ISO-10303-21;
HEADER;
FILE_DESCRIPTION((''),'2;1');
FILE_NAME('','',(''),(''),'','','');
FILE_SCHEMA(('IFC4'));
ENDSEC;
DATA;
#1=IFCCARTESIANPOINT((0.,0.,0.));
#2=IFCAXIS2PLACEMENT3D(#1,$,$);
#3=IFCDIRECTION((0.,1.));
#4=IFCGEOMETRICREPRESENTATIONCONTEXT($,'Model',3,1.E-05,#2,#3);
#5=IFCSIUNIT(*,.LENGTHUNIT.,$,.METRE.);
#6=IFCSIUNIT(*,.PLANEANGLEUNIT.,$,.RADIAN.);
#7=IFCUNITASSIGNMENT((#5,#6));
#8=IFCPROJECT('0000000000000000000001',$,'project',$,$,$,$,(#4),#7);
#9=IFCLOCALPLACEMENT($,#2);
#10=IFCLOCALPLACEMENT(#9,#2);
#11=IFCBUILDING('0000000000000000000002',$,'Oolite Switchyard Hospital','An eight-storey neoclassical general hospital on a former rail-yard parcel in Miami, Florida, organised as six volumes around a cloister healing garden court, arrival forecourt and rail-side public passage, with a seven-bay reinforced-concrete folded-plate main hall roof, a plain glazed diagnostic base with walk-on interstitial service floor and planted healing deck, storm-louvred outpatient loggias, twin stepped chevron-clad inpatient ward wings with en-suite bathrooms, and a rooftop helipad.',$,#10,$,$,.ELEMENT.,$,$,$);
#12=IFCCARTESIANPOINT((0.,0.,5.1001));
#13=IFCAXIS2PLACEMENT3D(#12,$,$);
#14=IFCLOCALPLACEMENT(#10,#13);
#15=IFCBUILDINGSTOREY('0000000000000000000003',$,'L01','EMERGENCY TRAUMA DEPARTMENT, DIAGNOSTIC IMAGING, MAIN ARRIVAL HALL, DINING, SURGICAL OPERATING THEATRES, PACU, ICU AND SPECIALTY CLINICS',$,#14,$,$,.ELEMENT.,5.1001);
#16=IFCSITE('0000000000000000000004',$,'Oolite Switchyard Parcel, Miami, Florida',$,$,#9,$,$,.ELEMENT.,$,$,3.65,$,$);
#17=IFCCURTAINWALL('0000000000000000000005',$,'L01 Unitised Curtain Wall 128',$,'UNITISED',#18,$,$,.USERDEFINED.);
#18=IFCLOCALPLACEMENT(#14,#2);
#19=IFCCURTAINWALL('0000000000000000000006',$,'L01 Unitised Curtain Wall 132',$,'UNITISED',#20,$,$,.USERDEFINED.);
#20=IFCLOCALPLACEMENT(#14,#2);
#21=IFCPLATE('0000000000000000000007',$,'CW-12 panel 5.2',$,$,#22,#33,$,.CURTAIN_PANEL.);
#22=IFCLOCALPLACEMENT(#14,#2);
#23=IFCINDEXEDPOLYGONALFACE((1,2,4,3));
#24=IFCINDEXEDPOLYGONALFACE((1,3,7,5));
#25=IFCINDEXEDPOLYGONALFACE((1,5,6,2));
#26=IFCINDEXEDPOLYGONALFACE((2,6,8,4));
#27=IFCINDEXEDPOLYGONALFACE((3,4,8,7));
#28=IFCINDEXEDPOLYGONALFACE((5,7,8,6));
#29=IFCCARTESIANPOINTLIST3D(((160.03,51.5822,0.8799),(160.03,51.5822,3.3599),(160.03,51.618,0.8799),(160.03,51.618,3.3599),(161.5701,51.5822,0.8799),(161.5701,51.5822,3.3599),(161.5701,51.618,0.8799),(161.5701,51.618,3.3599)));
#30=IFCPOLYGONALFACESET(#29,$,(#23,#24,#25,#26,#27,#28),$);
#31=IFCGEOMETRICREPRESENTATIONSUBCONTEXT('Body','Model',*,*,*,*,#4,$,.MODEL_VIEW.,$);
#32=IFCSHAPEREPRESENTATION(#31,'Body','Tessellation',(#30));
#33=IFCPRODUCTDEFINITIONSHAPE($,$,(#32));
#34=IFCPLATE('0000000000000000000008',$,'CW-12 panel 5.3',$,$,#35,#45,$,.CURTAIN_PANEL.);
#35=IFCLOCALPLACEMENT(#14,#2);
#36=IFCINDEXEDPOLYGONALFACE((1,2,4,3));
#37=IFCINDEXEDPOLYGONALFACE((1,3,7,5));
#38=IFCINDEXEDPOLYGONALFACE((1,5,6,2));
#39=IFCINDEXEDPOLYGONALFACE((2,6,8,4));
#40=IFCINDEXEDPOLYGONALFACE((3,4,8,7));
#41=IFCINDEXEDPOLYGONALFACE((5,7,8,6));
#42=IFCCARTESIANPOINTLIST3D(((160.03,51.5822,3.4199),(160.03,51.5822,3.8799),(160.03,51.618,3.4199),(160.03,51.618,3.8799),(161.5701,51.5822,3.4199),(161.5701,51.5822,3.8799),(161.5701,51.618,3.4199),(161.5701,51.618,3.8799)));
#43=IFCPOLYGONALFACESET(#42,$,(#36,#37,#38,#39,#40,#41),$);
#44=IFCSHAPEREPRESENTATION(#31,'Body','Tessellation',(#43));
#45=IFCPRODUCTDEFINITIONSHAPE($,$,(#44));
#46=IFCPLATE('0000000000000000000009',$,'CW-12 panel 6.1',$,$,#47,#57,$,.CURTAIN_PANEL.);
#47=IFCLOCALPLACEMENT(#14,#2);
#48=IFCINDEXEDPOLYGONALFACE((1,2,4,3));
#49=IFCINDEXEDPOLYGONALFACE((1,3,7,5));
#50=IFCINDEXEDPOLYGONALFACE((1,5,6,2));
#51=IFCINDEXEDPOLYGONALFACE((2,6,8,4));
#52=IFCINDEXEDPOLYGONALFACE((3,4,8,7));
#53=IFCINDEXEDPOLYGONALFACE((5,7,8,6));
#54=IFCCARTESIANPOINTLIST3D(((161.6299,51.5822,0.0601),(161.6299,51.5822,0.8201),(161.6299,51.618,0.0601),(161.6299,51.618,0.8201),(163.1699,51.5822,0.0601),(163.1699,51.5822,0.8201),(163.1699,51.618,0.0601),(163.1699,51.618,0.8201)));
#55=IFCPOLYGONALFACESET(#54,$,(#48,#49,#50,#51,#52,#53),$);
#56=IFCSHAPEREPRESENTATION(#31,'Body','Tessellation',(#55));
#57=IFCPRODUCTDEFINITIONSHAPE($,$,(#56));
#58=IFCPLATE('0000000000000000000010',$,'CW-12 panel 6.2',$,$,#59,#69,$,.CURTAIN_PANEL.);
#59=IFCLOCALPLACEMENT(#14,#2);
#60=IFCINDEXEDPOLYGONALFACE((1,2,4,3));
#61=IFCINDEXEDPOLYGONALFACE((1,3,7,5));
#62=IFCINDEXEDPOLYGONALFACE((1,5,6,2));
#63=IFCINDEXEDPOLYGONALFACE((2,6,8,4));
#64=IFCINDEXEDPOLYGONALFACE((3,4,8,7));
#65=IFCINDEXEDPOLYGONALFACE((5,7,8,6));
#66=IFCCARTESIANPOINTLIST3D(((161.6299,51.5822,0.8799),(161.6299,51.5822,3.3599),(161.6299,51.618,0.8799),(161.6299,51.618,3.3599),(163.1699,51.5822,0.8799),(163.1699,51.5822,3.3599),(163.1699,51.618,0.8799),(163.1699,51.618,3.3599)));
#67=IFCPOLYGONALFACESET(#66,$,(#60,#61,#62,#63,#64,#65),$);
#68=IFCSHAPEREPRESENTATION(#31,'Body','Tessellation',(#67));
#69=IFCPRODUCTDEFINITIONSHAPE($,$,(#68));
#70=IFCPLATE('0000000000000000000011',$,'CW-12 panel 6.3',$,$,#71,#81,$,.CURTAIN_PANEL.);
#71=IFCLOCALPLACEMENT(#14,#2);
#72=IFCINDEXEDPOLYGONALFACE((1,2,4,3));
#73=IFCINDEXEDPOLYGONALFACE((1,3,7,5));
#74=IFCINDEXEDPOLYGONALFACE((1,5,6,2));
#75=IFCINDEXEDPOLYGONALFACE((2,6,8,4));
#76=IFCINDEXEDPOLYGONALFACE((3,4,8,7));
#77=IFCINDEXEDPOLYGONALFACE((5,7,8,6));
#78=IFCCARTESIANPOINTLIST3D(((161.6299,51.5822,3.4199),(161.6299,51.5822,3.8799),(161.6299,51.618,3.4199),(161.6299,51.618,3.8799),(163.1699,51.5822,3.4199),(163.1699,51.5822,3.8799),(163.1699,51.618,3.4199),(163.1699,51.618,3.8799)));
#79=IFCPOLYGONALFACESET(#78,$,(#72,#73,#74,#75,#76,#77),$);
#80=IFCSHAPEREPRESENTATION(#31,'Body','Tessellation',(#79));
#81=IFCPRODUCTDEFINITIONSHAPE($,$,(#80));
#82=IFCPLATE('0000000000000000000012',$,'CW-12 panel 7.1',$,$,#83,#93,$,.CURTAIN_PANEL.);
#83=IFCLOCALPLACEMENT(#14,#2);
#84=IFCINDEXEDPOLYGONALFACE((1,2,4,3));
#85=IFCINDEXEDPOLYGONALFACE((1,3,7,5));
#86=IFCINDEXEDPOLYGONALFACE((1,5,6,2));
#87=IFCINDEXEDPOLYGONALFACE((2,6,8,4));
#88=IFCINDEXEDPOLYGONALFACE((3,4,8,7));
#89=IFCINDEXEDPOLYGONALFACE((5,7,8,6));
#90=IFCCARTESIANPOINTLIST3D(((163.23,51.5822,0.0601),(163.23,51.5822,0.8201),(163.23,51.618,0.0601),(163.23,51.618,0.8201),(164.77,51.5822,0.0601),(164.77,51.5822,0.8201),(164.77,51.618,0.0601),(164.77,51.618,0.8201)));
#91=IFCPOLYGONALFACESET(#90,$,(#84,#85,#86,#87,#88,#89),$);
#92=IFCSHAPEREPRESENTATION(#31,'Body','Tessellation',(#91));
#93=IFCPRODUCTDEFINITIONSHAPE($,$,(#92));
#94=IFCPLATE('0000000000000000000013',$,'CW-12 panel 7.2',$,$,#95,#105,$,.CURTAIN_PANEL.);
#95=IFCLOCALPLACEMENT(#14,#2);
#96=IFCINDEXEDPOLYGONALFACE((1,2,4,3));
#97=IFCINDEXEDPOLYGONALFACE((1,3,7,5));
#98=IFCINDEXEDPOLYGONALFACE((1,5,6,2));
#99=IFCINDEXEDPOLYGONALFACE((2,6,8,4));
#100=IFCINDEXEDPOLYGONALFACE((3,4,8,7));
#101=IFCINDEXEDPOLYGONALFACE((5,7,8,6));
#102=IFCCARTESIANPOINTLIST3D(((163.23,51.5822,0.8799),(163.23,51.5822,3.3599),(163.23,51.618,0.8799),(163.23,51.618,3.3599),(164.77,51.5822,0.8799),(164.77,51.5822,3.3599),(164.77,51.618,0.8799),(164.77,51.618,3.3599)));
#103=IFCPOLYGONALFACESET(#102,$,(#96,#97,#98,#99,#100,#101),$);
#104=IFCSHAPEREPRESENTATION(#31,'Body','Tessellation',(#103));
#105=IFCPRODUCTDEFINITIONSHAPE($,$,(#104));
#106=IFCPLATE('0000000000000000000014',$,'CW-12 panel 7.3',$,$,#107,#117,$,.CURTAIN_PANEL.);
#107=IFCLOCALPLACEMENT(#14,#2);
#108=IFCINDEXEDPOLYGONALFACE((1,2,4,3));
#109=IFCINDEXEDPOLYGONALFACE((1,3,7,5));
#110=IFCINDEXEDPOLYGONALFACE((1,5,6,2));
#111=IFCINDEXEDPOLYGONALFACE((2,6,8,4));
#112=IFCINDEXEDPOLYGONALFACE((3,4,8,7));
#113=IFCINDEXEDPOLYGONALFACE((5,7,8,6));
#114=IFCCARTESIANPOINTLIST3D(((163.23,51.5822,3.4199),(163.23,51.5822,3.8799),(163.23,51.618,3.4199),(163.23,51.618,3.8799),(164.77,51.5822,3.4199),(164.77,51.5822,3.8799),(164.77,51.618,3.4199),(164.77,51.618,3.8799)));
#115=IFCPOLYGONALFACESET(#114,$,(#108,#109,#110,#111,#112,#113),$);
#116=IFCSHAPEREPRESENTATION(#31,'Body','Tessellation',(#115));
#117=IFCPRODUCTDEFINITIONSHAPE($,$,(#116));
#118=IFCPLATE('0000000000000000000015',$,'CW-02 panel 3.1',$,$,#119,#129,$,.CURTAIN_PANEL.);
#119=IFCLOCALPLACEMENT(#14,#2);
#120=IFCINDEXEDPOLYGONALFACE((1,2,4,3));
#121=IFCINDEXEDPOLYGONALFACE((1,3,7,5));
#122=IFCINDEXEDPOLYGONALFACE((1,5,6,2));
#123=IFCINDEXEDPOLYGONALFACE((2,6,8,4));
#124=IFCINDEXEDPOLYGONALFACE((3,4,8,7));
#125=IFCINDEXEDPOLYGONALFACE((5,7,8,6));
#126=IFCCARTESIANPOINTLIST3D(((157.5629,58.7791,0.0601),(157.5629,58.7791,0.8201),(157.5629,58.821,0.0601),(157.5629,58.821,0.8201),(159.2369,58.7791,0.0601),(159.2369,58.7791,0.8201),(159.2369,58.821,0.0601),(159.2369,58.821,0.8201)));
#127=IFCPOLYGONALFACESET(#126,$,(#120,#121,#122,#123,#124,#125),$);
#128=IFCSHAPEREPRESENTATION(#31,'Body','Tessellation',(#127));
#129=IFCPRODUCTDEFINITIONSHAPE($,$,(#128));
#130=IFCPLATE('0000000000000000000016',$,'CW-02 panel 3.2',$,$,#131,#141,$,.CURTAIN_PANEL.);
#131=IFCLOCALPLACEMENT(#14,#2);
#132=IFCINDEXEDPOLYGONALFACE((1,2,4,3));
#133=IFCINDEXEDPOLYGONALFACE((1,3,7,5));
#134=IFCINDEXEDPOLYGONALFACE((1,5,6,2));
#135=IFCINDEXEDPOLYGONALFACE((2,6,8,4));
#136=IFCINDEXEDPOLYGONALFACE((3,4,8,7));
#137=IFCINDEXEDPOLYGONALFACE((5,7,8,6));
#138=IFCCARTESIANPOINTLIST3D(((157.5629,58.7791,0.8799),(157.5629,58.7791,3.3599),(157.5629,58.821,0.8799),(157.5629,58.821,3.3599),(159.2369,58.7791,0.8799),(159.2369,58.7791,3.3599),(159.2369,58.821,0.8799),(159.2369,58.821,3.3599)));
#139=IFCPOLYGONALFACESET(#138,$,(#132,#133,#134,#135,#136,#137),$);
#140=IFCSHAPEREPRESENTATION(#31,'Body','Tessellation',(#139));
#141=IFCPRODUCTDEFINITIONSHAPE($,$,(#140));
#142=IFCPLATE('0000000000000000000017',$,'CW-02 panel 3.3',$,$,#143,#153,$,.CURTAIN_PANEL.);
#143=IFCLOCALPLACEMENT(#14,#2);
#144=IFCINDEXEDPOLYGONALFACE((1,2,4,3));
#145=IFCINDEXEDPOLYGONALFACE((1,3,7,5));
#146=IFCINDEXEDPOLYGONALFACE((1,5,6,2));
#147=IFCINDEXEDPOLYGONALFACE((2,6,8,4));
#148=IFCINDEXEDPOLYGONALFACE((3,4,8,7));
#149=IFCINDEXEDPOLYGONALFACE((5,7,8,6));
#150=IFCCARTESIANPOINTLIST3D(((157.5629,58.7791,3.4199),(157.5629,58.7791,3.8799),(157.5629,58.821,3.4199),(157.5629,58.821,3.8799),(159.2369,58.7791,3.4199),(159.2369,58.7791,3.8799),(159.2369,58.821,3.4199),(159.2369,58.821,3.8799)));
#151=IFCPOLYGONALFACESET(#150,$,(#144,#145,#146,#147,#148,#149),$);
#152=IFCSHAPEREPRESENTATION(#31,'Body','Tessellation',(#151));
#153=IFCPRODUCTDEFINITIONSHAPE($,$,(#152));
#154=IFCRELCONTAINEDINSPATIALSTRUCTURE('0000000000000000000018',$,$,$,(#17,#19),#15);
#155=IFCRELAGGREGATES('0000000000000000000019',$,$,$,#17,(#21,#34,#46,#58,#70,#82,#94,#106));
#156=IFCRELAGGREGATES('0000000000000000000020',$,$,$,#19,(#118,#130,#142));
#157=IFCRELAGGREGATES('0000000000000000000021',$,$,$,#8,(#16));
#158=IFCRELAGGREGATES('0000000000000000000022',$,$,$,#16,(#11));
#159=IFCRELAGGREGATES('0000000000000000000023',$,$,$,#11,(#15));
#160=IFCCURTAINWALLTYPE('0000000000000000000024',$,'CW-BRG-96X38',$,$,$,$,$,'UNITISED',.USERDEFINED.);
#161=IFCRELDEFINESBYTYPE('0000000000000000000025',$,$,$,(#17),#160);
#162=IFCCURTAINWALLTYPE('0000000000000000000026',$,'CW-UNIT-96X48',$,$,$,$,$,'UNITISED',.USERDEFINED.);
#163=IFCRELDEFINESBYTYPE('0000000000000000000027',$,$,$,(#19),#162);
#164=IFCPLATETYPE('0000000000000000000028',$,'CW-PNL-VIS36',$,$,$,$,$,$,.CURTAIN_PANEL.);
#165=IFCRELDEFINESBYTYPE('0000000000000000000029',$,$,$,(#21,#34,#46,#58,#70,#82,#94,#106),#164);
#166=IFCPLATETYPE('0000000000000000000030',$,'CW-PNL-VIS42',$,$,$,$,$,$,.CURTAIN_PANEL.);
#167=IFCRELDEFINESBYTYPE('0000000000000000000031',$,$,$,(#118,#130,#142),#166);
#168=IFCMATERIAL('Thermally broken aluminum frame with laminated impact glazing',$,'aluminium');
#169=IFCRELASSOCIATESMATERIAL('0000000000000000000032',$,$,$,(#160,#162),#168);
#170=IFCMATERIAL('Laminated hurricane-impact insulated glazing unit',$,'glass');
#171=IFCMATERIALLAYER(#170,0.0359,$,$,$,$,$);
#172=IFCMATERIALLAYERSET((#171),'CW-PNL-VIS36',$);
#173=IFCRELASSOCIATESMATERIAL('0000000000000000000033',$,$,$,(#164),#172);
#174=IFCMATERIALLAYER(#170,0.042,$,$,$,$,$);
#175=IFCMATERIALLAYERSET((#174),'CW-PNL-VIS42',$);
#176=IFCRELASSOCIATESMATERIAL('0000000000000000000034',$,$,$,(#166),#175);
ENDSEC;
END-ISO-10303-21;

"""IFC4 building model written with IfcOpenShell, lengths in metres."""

from ifc_helpers import new_model, si_unit, direction, frame, origin, origin_2d, place, context, subcontext, project, spatial, rectangle, extrude, material, layer, layer_set, type_object, element, aggregate, save


model = new_model("IFC4")

# Units and contexts
model_context = context("Model", 3, precision=1e-05, world=origin(), true_north=direction((0.0, 1.0)))
body_context = subcontext(model_context, "Body", "Model", "MODEL_VIEW")
ifc_project = project(units=[si_unit("LENGTHUNIT", "METRE"), si_unit("PLANEANGLEUNIT", "RADIAN")], contexts=[model_context])

# Site, building, storey
site_placement = place(None, origin())
site = spatial("IfcSite", under=ifc_project, at=site_placement, Name="Oolite Switchyard Parcel, Miami, Florida", CompositionType="ELEMENT", RefElevation=3.65)
building_placement = place(site_placement, origin())
building = spatial("IfcBuilding", under=site, at=building_placement, Name="Oolite Switchyard Hospital", Description="An eight-storey neoclassical general hospital on a former rail-yard parcel in Miami, Florida, organised as six volumes around a cloister healing garden court, arrival forecourt and rail-side public passage, with a seven-bay reinforced-concrete folded-plate main hall roof, a plain glazed diagnostic base with walk-on interstitial service floor and planted healing deck, storm-louvred outpatient loggias, twin stepped chevron-clad inpatient ward wings with en-suite bathrooms, and a rooftop helipad.", CompositionType="ELEMENT")
storey_placement = place(building_placement, frame((0.0, 0.0, 5.1001)))
storey = spatial("IfcBuildingStorey", under=building, at=storey_placement, Name="L01", Description="EMERGENCY TRAUMA DEPARTMENT, DIAGNOSTIC IMAGING, MAIN ARRIVAL HALL, DINING, SURGICAL OPERATING THEATRES, PACU, ICU AND SPECIALTY CLINICS", CompositionType="ELEMENT", Elevation=5.1001)

# Curtain wall
ifc_material_1 = material(Name="Thermally broken aluminum frame with laminated impact glazing", Category="aluminium")
curtain_wall_type_1 = type_object("IfcCurtainWallType", Name="CW-BRG-96X38", ElementType="UNITISED", PredefinedType="USERDEFINED", material=ifc_material_1)
curtain_wall_1_placement = place(storey_placement, origin())
curtain_wall_1 = element("IfcCurtainWall", 1, at=curtain_wall_1_placement, inside=storey, type_object=curtain_wall_type_1, Name="L01 Unitised Curtain Wall 128", ObjectType="UNITISED", PredefinedType="USERDEFINED")

# Curtain wall
curtain_wall_type_2 = type_object("IfcCurtainWallType", Name="CW-UNIT-96X48", ElementType="UNITISED", PredefinedType="USERDEFINED", material=ifc_material_1)
curtain_wall_2_placement = place(storey_placement, origin())
curtain_wall_2 = element("IfcCurtainWall", 2, at=curtain_wall_2_placement, inside=storey, type_object=curtain_wall_type_2, Name="L01 Unitised Curtain Wall 132", ObjectType="UNITISED", PredefinedType="USERDEFINED")

# Plates
ifc_material_2 = material(Name="Laminated hurricane-impact insulated glazing unit", Category="glass")
ifc_layer_1 = layer(ifc_material_2, 0.0359)
ifc_layer_set_1 = layer_set([ifc_layer_1], Name="CW-PNL-VIS36")
plate_type_1 = type_object("IfcPlateType", Name="CW-PNL-VIS36", PredefinedType="CURTAIN_PANEL", material=ifc_layer_set_1)
plate_1_placement = place(storey_placement, frame((160.8, 51.6001, 0.8799), z_axis=(0.0, 0.0, 1.0), x_axis=(1.0, 0.0, 0.0)))
plate_1 = element("IfcPlate", 3, at=plate_1_placement, type_object=plate_type_1, Name="CW-12 panel 5.2", PredefinedType="CURTAIN_PANEL", context=body_context, shape_type="SweptSolid", body=[
    extrude(rectangle(XDim=1.54, YDim=0.0359, at=origin_2d()), origin(), (0.0, 0.0, 1.0), 2.48),
])
plate_2_placement = place(storey_placement, frame((160.8, 51.6001, 3.4199), z_axis=(0.0, 0.0, 1.0), x_axis=(1.0, 0.0, 0.0)))
plate_2 = element("IfcPlate", 4, at=plate_2_placement, type_object=plate_type_1, Name="CW-12 panel 5.3", PredefinedType="CURTAIN_PANEL", context=body_context, shape_type="SweptSolid", body=[
    extrude(rectangle(XDim=1.54, YDim=0.0359, at=origin_2d()), origin(), (0.0, 0.0, 1.0), 0.46),
])
plate_3_placement = place(storey_placement, frame((162.3999, 51.6001, 0.0601), z_axis=(0.0, 0.0, 1.0), x_axis=(1.0, 0.0, 0.0)))
plate_3 = element("IfcPlate", 5, at=plate_3_placement, type_object=plate_type_1, Name="CW-12 panel 6.1", PredefinedType="CURTAIN_PANEL", context=body_context, shape_type="SweptSolid", body=[
    extrude(rectangle(XDim=1.54, YDim=0.0359, at=origin_2d()), origin(), (0.0, 0.0, 1.0), 0.76),
])
plate_4_placement = place(storey_placement, frame((162.3999, 51.6001, 0.8799), z_axis=(0.0, 0.0, 1.0), x_axis=(1.0, 0.0, 0.0)))
plate_4 = element("IfcPlate", 6, at=plate_4_placement, type_object=plate_type_1, Name="CW-12 panel 6.2", PredefinedType="CURTAIN_PANEL", context=body_context, shape_type="SweptSolid", body=[
    extrude(rectangle(XDim=1.54, YDim=0.0359, at=origin_2d()), origin(), (0.0, 0.0, 1.0), 2.48),
])
plate_5_placement = place(storey_placement, frame((162.3999, 51.6001, 3.4199), z_axis=(0.0, 0.0, 1.0), x_axis=(1.0, 0.0, 0.0)))
plate_5 = element("IfcPlate", 7, at=plate_5_placement, type_object=plate_type_1, Name="CW-12 panel 6.3", PredefinedType="CURTAIN_PANEL", context=body_context, shape_type="SweptSolid", body=[
    extrude(rectangle(XDim=1.54, YDim=0.0359, at=origin_2d()), origin(), (0.0, 0.0, 1.0), 0.46),
])
plate_6_placement = place(storey_placement, frame((164.0, 51.6001, 0.0601), z_axis=(0.0, 0.0, 1.0), x_axis=(1.0, 0.0, 0.0)))
plate_6 = element("IfcPlate", 8, at=plate_6_placement, type_object=plate_type_1, Name="CW-12 panel 7.1", PredefinedType="CURTAIN_PANEL", context=body_context, shape_type="SweptSolid", body=[
    extrude(rectangle(XDim=1.54, YDim=0.0359, at=origin_2d()), origin(), (0.0, 0.0, 1.0), 0.76),
])
plate_7_placement = place(storey_placement, frame((164.0, 51.6001, 0.8799), z_axis=(0.0, 0.0, 1.0), x_axis=(1.0, 0.0, 0.0)))
plate_7 = element("IfcPlate", 9, at=plate_7_placement, type_object=plate_type_1, Name="CW-12 panel 7.2", PredefinedType="CURTAIN_PANEL", context=body_context, shape_type="SweptSolid", body=[
    extrude(rectangle(XDim=1.54, YDim=0.0359, at=origin_2d()), origin(), (0.0, 0.0, 1.0), 2.48),
])
plate_8_placement = place(storey_placement, frame((164.0, 51.6001, 3.4199), z_axis=(0.0, 0.0, 1.0), x_axis=(1.0, 0.0, 0.0)))
plate_8 = element("IfcPlate", 10, at=plate_8_placement, type_object=plate_type_1, Name="CW-12 panel 7.3", PredefinedType="CURTAIN_PANEL", context=body_context, shape_type="SweptSolid", body=[
    extrude(rectangle(XDim=1.54, YDim=0.0359, at=origin_2d()), origin(), (0.0, 0.0, 1.0), 0.46),
])
aggregate(curtain_wall_1, [plate_1, plate_2, plate_3, plate_4, plate_5, plate_6, plate_7, plate_8])
ifc_layer_2 = layer(ifc_material_2, 0.042)
ifc_layer_set_2 = layer_set([ifc_layer_2], Name="CW-PNL-VIS42")
plate_type_2 = type_object("IfcPlateType", Name="CW-PNL-VIS42", PredefinedType="CURTAIN_PANEL", material=ifc_layer_set_2)
plate_9_placement = place(storey_placement, frame((158.3999, 58.8, 0.0601), z_axis=(0.0, 0.0, 1.0), x_axis=(-1.0, 0.0, 0.0)))
plate_9 = element("IfcPlate", 11, at=plate_9_placement, type_object=plate_type_2, Name="CW-02 panel 3.1", PredefinedType="CURTAIN_PANEL", context=body_context, shape_type="SweptSolid", body=[
    extrude(rectangle(XDim=1.6741, YDim=0.042, at=origin_2d()), origin(), (0.0, 0.0, 1.0), 0.76),
])
plate_10_placement = place(storey_placement, frame((158.3999, 58.8, 0.8799), z_axis=(0.0, 0.0, 1.0), x_axis=(-1.0, 0.0, 0.0)))
plate_10 = element("IfcPlate", 12, at=plate_10_placement, type_object=plate_type_2, Name="CW-02 panel 3.2", PredefinedType="CURTAIN_PANEL", context=body_context, shape_type="SweptSolid", body=[
    extrude(rectangle(XDim=1.6741, YDim=0.042, at=origin_2d()), origin(), (0.0, 0.0, 1.0), 2.48),
])
plate_11_placement = place(storey_placement, frame((158.3999, 58.8, 3.4199), z_axis=(0.0, 0.0, 1.0), x_axis=(-1.0, 0.0, 0.0)))
plate_11 = element("IfcPlate", 13, at=plate_11_placement, type_object=plate_type_2, Name="CW-02 panel 3.3", PredefinedType="CURTAIN_PANEL", context=body_context, shape_type="SweptSolid", body=[
    extrude(rectangle(XDim=1.6741, YDim=0.042, at=origin_2d()), origin(), (0.0, 0.0, 1.0), 0.46),
])
aggregate(curtain_wall_2, [plate_9, plate_10, plate_11])

save(model, "model.ifc")
